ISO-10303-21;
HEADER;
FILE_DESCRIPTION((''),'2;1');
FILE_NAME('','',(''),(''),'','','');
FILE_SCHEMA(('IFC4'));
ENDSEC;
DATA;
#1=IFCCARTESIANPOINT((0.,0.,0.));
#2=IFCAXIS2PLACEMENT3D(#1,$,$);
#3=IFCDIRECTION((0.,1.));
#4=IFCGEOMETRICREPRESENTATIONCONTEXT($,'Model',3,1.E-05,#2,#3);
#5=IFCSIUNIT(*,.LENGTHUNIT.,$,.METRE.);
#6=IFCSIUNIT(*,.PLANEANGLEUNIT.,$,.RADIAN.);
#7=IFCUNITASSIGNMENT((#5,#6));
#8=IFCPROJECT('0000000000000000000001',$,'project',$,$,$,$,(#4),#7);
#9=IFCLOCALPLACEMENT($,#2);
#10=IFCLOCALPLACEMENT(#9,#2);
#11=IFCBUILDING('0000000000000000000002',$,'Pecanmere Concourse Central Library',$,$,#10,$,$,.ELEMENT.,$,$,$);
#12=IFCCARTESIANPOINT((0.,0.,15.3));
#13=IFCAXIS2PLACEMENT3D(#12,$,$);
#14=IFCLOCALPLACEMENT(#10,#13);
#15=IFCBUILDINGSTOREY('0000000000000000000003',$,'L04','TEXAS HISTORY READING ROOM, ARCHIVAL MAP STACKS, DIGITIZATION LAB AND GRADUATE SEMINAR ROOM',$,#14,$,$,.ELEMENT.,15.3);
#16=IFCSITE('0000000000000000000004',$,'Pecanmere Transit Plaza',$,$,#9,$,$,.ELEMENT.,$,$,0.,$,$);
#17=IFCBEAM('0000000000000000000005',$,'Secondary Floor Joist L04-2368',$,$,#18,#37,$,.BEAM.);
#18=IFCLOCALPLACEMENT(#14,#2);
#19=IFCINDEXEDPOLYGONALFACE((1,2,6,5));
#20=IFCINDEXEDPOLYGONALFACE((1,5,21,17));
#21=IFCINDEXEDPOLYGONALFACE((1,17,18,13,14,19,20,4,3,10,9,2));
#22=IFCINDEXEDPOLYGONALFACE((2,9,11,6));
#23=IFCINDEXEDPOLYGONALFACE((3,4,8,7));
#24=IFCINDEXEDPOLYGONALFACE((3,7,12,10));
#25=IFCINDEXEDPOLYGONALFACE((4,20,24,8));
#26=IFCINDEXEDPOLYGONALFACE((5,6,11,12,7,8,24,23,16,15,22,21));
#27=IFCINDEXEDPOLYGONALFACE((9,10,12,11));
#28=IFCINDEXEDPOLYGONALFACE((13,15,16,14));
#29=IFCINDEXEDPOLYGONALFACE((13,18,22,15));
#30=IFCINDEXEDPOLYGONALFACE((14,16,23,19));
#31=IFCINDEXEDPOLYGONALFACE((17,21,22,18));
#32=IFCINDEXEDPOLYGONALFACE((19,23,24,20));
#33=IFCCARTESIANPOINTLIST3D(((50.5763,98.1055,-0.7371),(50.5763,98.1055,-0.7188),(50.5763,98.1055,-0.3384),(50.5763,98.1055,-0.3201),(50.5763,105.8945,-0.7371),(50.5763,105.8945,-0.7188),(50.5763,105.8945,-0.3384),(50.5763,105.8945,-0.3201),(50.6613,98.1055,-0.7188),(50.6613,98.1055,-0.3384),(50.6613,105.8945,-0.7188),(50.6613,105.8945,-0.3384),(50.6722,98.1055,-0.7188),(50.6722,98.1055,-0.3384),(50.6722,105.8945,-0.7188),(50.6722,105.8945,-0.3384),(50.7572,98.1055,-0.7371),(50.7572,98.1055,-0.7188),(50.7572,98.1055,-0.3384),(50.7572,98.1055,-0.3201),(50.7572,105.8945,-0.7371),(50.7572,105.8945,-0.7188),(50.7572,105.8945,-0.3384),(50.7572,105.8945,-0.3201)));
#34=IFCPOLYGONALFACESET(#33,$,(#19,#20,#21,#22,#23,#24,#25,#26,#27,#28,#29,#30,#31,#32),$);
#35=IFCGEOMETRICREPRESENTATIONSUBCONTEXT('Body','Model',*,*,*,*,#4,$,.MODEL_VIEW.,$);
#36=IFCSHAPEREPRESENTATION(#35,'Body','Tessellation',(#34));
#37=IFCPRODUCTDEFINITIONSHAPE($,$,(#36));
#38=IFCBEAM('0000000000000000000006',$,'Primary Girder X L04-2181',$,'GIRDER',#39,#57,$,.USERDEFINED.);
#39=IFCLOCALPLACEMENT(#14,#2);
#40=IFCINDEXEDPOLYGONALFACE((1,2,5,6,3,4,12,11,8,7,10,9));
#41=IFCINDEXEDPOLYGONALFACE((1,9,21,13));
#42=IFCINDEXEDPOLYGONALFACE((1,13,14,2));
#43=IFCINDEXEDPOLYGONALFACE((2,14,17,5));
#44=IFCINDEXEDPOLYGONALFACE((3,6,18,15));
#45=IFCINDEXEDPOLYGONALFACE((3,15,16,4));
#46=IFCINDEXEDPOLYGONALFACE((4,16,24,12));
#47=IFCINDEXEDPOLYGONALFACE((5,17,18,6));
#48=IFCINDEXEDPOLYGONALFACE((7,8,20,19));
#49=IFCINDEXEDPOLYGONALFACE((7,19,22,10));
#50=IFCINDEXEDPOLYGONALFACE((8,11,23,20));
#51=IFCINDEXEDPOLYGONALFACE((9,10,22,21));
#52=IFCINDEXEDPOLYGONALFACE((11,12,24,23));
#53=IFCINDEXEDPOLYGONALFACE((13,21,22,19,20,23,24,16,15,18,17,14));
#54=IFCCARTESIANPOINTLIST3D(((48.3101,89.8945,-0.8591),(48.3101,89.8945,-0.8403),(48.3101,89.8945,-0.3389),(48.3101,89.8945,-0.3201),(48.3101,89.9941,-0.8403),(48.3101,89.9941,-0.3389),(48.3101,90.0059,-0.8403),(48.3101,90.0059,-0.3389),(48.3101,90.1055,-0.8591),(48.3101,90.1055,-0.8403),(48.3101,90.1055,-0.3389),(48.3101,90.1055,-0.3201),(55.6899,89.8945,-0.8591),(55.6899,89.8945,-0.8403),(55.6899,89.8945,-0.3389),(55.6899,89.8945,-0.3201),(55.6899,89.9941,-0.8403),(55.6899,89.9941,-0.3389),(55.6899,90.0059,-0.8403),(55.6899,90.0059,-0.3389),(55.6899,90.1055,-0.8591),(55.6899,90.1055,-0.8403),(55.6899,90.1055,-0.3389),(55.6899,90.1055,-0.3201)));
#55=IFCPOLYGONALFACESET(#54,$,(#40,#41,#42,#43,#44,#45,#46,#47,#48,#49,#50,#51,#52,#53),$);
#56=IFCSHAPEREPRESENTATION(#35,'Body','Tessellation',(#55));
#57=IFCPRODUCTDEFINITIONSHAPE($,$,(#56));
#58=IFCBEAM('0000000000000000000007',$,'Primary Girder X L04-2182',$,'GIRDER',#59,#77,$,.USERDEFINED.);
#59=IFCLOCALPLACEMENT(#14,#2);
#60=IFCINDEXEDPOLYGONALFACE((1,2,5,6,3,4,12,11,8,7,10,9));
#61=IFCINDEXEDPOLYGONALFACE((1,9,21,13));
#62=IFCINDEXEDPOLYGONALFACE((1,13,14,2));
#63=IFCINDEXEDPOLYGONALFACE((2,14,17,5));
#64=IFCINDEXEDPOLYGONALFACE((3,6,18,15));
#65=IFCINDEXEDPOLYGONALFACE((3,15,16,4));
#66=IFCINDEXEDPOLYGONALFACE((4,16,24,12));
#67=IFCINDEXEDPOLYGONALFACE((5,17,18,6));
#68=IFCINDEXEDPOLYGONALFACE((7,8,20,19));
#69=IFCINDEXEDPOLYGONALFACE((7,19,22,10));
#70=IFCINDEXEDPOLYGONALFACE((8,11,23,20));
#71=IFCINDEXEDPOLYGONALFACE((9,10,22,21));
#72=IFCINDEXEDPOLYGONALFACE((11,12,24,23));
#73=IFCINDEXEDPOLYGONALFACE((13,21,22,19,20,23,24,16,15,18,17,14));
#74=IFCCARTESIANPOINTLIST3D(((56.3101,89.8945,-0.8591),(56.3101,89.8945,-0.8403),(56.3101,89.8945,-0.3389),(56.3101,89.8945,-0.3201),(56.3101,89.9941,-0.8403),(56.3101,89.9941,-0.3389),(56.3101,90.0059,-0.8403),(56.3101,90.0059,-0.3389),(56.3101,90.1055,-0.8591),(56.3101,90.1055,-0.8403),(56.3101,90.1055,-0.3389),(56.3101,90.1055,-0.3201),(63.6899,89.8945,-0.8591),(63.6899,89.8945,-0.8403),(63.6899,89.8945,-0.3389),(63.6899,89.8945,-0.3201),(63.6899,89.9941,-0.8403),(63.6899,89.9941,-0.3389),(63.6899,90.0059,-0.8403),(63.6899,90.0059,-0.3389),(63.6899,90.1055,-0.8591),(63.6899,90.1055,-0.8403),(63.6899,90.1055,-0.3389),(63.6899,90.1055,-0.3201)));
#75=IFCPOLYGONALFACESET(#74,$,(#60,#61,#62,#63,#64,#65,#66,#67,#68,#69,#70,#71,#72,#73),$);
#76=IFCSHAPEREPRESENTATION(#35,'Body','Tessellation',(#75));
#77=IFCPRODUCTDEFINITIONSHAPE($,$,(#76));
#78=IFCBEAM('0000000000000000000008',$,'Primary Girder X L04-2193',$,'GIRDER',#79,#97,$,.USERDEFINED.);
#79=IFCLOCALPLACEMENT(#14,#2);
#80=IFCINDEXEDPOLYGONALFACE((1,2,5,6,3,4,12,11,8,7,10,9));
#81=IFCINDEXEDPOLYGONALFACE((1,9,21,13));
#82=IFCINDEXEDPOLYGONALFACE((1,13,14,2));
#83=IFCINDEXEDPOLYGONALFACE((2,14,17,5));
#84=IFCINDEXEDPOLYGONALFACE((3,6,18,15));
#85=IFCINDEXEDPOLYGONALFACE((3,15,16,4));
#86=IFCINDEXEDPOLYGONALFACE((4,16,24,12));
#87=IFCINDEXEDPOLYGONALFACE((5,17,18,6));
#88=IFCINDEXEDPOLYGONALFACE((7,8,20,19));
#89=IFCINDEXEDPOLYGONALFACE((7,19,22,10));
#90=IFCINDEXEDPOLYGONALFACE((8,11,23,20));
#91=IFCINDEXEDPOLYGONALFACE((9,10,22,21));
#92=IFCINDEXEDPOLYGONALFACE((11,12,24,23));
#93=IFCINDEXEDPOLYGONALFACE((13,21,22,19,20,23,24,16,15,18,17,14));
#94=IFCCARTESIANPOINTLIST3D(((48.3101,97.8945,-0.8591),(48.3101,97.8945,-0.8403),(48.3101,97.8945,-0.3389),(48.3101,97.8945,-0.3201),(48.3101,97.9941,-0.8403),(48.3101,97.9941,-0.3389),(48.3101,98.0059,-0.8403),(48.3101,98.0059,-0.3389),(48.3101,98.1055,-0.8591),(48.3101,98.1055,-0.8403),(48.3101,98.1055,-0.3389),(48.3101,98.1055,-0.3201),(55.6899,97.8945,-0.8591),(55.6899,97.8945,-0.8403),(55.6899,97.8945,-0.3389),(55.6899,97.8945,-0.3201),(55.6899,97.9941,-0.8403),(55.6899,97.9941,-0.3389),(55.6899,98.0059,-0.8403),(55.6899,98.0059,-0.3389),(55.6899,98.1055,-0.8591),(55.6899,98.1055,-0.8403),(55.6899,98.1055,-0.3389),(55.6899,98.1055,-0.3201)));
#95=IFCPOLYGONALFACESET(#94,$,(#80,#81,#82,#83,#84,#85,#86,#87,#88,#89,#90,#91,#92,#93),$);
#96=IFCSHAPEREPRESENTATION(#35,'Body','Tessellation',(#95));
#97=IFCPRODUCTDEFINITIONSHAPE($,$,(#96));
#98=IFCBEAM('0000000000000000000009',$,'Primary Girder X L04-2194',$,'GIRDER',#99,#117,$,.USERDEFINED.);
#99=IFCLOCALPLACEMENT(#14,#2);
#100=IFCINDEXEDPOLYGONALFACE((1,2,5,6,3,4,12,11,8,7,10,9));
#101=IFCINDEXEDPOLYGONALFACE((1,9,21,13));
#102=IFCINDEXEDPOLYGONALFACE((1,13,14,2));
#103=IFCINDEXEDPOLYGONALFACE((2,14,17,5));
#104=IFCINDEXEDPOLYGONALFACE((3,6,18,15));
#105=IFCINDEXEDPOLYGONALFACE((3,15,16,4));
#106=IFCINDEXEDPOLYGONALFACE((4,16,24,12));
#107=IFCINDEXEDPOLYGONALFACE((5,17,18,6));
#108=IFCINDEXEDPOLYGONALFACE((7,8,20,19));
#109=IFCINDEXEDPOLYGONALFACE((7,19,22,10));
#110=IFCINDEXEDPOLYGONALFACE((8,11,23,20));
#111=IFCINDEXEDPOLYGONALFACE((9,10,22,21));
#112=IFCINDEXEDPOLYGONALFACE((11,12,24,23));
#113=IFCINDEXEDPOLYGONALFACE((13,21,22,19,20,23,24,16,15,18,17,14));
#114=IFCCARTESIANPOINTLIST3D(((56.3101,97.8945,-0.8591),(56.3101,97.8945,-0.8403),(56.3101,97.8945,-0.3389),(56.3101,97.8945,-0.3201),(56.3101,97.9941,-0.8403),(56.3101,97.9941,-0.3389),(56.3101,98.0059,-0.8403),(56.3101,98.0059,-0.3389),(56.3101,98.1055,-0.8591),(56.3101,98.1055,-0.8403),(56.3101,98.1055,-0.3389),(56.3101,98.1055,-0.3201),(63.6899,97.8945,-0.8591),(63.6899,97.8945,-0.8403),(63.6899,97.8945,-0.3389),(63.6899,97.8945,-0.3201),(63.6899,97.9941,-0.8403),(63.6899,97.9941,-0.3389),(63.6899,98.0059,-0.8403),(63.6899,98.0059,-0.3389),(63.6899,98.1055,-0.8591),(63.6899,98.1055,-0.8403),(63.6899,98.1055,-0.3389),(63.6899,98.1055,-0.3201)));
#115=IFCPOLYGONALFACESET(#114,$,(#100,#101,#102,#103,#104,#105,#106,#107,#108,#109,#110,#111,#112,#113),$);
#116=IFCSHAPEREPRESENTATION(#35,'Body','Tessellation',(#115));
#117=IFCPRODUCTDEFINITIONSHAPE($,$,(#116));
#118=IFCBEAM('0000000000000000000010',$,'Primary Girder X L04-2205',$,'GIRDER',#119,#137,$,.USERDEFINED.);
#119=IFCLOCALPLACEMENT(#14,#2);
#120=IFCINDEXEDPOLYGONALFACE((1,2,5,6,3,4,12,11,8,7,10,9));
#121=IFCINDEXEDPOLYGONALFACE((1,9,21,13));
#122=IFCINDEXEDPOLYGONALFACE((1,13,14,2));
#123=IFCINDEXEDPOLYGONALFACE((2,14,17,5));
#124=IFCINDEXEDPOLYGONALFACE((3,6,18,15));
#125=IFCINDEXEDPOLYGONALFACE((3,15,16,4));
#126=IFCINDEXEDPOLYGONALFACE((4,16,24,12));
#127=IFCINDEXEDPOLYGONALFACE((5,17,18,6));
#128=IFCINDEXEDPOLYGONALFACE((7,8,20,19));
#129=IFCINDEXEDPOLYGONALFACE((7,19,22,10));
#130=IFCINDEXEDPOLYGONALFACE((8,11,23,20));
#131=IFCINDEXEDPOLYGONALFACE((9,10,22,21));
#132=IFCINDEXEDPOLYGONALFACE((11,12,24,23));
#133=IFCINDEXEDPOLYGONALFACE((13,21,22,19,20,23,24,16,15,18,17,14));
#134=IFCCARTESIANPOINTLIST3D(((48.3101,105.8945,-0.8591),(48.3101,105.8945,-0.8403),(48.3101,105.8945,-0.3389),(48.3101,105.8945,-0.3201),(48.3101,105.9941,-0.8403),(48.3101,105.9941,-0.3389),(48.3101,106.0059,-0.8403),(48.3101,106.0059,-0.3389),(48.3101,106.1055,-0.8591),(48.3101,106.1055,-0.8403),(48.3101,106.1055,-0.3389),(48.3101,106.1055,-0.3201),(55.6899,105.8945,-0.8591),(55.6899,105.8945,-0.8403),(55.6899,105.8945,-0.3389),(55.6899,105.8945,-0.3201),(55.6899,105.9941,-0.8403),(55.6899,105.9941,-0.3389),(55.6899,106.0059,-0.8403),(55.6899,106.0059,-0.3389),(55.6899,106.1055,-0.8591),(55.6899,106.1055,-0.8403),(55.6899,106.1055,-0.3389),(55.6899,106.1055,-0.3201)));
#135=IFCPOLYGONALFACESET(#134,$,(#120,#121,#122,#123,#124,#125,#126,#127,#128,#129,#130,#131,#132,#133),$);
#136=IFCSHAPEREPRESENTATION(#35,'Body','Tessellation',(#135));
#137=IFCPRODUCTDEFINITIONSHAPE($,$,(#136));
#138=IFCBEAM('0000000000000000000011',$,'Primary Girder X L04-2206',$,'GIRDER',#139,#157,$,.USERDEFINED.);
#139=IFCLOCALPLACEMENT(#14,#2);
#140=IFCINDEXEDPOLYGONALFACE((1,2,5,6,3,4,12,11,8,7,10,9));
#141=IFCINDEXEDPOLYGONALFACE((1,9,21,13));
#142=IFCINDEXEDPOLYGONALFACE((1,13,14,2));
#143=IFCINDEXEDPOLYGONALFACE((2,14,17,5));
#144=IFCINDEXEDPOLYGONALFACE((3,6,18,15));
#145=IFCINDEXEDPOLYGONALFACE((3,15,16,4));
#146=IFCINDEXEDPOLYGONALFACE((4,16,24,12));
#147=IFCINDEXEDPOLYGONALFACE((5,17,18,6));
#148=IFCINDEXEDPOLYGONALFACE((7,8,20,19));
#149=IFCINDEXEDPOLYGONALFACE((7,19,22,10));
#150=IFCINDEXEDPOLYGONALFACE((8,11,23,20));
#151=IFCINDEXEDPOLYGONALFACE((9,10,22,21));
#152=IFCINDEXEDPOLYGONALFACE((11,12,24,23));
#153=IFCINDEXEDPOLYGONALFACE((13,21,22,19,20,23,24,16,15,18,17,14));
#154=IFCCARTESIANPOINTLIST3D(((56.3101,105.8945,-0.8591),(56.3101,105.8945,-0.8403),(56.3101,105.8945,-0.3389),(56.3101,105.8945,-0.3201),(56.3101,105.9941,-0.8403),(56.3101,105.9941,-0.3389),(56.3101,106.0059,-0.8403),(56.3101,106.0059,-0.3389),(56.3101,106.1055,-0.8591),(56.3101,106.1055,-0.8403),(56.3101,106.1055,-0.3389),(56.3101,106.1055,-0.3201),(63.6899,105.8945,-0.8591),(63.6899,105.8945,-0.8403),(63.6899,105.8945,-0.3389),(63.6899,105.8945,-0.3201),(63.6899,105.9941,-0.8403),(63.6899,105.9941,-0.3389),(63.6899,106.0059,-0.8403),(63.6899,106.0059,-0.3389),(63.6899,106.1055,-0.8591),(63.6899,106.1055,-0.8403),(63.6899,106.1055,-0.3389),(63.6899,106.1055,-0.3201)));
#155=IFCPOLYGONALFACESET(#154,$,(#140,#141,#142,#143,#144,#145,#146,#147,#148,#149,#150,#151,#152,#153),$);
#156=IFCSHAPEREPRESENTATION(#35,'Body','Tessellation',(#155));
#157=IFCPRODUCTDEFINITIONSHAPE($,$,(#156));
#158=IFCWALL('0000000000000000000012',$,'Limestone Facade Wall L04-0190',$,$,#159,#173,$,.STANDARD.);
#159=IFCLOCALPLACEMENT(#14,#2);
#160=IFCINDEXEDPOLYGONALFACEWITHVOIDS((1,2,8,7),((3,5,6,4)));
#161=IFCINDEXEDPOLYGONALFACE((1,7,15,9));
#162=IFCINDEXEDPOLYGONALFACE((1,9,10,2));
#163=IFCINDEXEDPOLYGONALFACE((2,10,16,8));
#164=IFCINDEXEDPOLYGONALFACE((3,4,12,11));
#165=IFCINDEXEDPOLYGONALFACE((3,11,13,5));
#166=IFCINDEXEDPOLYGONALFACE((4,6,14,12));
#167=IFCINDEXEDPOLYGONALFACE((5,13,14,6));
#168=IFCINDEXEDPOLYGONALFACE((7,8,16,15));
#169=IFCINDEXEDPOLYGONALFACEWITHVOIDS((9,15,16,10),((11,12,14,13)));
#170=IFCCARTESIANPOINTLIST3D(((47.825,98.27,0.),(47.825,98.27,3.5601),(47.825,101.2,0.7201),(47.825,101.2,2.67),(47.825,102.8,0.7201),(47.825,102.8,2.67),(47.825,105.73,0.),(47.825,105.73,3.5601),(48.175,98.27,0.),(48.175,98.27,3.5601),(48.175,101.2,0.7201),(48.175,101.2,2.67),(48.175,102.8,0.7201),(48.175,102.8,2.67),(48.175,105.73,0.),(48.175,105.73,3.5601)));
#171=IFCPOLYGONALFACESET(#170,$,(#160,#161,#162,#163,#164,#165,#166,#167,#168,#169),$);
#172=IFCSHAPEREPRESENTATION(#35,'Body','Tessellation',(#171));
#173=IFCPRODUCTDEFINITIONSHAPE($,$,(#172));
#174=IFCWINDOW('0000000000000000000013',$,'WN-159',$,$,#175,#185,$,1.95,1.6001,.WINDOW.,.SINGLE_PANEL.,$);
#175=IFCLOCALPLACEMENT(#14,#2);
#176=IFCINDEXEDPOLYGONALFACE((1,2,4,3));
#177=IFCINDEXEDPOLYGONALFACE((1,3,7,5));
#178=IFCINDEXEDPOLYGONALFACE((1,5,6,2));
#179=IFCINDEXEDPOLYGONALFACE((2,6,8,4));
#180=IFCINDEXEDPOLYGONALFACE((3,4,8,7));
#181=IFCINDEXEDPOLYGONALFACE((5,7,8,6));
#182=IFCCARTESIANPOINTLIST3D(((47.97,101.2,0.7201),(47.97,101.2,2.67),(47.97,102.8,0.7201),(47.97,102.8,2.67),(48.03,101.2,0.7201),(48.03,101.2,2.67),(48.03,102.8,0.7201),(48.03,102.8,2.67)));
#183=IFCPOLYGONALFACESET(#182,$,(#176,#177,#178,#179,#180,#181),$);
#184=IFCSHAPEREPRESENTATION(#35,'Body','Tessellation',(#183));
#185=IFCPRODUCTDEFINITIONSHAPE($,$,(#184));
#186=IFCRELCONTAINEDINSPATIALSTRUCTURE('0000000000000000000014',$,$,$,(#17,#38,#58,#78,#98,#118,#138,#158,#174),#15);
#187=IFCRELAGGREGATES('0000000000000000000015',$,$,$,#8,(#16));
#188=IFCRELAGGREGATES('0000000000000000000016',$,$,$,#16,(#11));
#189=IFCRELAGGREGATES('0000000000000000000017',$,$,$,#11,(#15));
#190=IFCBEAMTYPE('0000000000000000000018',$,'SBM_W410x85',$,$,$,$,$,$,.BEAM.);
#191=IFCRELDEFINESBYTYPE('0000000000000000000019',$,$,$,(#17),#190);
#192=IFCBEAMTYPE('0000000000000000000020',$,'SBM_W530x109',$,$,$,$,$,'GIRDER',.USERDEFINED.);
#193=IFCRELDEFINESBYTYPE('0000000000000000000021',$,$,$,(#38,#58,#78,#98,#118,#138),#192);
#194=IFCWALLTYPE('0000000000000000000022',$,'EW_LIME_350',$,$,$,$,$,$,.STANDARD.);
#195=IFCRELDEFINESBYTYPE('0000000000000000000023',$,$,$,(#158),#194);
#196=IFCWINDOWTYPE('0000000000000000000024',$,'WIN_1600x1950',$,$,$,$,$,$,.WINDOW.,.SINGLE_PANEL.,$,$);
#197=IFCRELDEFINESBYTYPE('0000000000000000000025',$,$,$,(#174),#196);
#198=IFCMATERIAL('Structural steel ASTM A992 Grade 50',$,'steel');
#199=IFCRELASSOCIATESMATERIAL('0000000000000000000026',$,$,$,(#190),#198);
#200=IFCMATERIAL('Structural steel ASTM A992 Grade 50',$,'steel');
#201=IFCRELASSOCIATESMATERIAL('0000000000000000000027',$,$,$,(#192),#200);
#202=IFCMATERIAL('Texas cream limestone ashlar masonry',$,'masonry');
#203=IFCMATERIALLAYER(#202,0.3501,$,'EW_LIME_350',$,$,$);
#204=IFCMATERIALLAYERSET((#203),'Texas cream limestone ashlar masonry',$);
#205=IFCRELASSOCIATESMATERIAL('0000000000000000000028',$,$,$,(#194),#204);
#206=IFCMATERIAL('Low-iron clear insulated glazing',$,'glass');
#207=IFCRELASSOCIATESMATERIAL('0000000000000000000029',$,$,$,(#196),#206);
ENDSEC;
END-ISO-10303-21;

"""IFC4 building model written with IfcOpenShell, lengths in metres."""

from ifc_helpers import new_model, si_unit, direction, frame, frame_2d, origin, origin_2d, place, context, subcontext, project, spatial, rectangle, i_section, extrude, material, layer, layer_set, material_profile, profile_set, type_object, element, fill, save


model = new_model("IFC4")

# Units and contexts
model_context = context("Model", 3, precision=1e-05, world=origin(), true_north=direction((0.0, 1.0)))
body_context = subcontext(model_context, "Body", "Model", "MODEL_VIEW")
ifc_project = project(units=[si_unit("LENGTHUNIT", "METRE"), si_unit("PLANEANGLEUNIT", "RADIAN")], contexts=[model_context])

# Site, building, storey
site_placement = place(None, origin())
site = spatial("IfcSite", under=ifc_project, at=site_placement, Name="Pecanmere Transit Plaza", CompositionType="ELEMENT", RefElevation=0.0)
building_placement = place(site_placement, origin())
building = spatial("IfcBuilding", under=site, at=building_placement, Name="Pecanmere Concourse Central Library", CompositionType="ELEMENT")
storey_placement = place(building_placement, frame((0.0, 0.0, 15.3)))
storey = spatial("IfcBuildingStorey", under=building, at=storey_placement, Name="L04", Description="TEXAS HISTORY READING ROOM, ARCHIVAL MAP STACKS, DIGITIZATION LAB AND GRADUATE SEMINAR ROOM", CompositionType="ELEMENT", Elevation=15.3)

# Beams
ifc_material_1 = material(Name="Structural steel ASTM A992 Grade 50", Category="steel")
ifc_material_profile_1 = material_profile(ifc_material_1, i_section(OverallWidth=0.1809, OverallDepth=0.417, WebThickness=0.011, FlangeThickness=0.0183, at=origin_2d()), Name="W410x85")
ifc_profile_set_1 = profile_set([ifc_material_profile_1], Name="Structural steel ASTM A992 Grade 50")
beam_type_1 = type_object("IfcBeamType", Name="SBM_W410x85", PredefinedType="BEAM", material=ifc_profile_set_1)
beam_1_placement = place(storey_placement, frame((50.6667, 98.1055, -0.5286), z_axis=(0.0, 1.0, 0.0), x_axis=(-1.0, 0.0, 0.0)))
element("IfcBeam", 1, at=beam_1_placement, inside=storey, type_object=beam_type_1, Name="Secondary Floor Joist L04-2368", PredefinedType="BEAM", context=body_context, shape_type="SweptSolid", body=[
    extrude(i_section(OverallWidth=0.1809, OverallDepth=0.417, WebThickness=0.011, FlangeThickness=0.0183, at=origin_2d()), origin(), (0.0, 0.0, 1.0), 7.7891),
])
ifc_material_2 = material(Name="Structural steel ASTM A992 Grade 50", Category="steel")
ifc_material_profile_2 = material_profile(ifc_material_2, i_section(OverallWidth=0.2109, OverallDepth=0.5391, WebThickness=0.0117, FlangeThickness=0.0188, at=origin_2d()), Name="W530x109")
ifc_profile_set_2 = profile_set([ifc_material_profile_2], Name="Structural steel ASTM A992 Grade 50")
beam_type_2 = type_object("IfcBeamType", Name="SBM_W530x109", ElementType="GIRDER", PredefinedType="USERDEFINED", material=ifc_profile_set_2)
for number, where, z_axis, x_axis, name in (
    (2, (48.3101, 90.0, -0.5896), (1.0, 0.0, 0.0), (0.0, 1.0, 0.0), "Primary Girder X L04-2181"),
    (3, (56.3101, 90.0, -0.5896), (1.0, 0.0, 0.0), (0.0, 1.0, 0.0), "Primary Girder X L04-2182"),
    (4, (48.3101, 98.0, -0.5896), (1.0, 0.0, 0.0), (0.0, 1.0, 0.0), "Primary Girder X L04-2193"),
    (5, (56.3101, 98.0, -0.5896), (1.0, 0.0, 0.0), (0.0, 1.0, 0.0), "Primary Girder X L04-2194"),
    (6, (48.3101, 106.0, -0.5896), (1.0, 0.0, 0.0), (0.0, 1.0, 0.0), "Primary Girder X L04-2205"),
    (7, (56.3101, 106.0, -0.5896), (1.0, 0.0, 0.0), (0.0, 1.0, 0.0), "Primary Girder X L04-2206"),
):
    element("IfcBeam", number, at=place(storey_placement, frame(where, z_axis=z_axis, x_axis=x_axis)), inside=storey, type_object=beam_type_2, Name=name, ObjectType="GIRDER", PredefinedType="USERDEFINED", context=body_context, shape_type="SweptSolid", body=[
        extrude(i_section(OverallWidth=0.2109, OverallDepth=0.5391, WebThickness=0.0117, FlangeThickness=0.0188, at=origin_2d()), origin(), (0.0, 0.0, 1.0), 7.3799),
    ])

# Shared definitions
ifc_material_3 = material(Name="Texas cream limestone ashlar masonry", Category="masonry")
ifc_layer_1 = layer(ifc_material_3, 0.3501, Name="EW_LIME_350")
ifc_layer_set_1 = layer_set([ifc_layer_1], Name="Texas cream limestone ashlar masonry")
wall_type_1 = type_object("IfcWallType", Name="EW_LIME_350", PredefinedType="STANDARD", material=ifc_layer_set_1)

# Wall, opening, window
wall_1_placement = place(storey_placement, frame((48.0, 105.73, 0.0), z_axis=(0.0, 0.0, 1.0), x_axis=(0.0, -1.0, 0.0)))
wall_1 = element("IfcWall", 8, at=wall_1_placement, inside=storey, type_object=wall_type_1, Name="Limestone Facade Wall L04-0190", PredefinedType="STANDARD", context=body_context, shape_type="SweptSolid", body=[
    extrude(rectangle(XDim=7.46, YDim=0.3501, at=frame_2d((3.73, 0.0))), origin(), (0.0, 0.0, 1.0), 3.5601),
])
opening_1_placement = place(wall_1_placement, frame((2.9299, 0.0, 0.72)))
opening_1 = element("IfcOpeningElement", 9, at=opening_1_placement, cuts=wall_1, PredefinedType="OPENING", context=body_context, shape_type="SweptSolid", body=[
    extrude(rectangle(XDim=1.6001, YDim=1.95, at=frame_2d((0.8, 0.9751))), frame((0.0, 0.187, 0.0), z_axis=(0.0, -1.0, 0.0), x_axis=(1.0, 0.0, 0.0)), (0.0, 0.0, 1.0), 0.374),
])
ifc_material_4 = material(Name="Low-iron clear insulated glazing", Category="glass")
window_type_1 = type_object("IfcWindowType", Name="WIN_1600x1950", PartitioningType="SINGLE_PANEL", PredefinedType="WINDOW", material=ifc_material_4)
window_1_placement = place(opening_1_placement, origin())
window_1 = element("IfcWindow", 10, at=window_1_placement, inside=storey, type_object=window_type_1, Name="WN-159", OverallHeight=1.95, OverallWidth=1.6001, PartitioningType="SINGLE_PANEL", PredefinedType="WINDOW", context=body_context, shape_type="SweptSolid", body=[
    extrude(rectangle(XDim=1.6001, YDim=1.95, at=frame_2d((0.8, 0.9751))), frame((0.0, 0.03, 0.0), z_axis=(0.0, -1.0, 0.0), x_axis=(1.0, 0.0, 0.0)), (0.0, 0.0, 1.0), 0.0601),
])
fill(opening_1, window_1)

save(model, "model.ifc")
